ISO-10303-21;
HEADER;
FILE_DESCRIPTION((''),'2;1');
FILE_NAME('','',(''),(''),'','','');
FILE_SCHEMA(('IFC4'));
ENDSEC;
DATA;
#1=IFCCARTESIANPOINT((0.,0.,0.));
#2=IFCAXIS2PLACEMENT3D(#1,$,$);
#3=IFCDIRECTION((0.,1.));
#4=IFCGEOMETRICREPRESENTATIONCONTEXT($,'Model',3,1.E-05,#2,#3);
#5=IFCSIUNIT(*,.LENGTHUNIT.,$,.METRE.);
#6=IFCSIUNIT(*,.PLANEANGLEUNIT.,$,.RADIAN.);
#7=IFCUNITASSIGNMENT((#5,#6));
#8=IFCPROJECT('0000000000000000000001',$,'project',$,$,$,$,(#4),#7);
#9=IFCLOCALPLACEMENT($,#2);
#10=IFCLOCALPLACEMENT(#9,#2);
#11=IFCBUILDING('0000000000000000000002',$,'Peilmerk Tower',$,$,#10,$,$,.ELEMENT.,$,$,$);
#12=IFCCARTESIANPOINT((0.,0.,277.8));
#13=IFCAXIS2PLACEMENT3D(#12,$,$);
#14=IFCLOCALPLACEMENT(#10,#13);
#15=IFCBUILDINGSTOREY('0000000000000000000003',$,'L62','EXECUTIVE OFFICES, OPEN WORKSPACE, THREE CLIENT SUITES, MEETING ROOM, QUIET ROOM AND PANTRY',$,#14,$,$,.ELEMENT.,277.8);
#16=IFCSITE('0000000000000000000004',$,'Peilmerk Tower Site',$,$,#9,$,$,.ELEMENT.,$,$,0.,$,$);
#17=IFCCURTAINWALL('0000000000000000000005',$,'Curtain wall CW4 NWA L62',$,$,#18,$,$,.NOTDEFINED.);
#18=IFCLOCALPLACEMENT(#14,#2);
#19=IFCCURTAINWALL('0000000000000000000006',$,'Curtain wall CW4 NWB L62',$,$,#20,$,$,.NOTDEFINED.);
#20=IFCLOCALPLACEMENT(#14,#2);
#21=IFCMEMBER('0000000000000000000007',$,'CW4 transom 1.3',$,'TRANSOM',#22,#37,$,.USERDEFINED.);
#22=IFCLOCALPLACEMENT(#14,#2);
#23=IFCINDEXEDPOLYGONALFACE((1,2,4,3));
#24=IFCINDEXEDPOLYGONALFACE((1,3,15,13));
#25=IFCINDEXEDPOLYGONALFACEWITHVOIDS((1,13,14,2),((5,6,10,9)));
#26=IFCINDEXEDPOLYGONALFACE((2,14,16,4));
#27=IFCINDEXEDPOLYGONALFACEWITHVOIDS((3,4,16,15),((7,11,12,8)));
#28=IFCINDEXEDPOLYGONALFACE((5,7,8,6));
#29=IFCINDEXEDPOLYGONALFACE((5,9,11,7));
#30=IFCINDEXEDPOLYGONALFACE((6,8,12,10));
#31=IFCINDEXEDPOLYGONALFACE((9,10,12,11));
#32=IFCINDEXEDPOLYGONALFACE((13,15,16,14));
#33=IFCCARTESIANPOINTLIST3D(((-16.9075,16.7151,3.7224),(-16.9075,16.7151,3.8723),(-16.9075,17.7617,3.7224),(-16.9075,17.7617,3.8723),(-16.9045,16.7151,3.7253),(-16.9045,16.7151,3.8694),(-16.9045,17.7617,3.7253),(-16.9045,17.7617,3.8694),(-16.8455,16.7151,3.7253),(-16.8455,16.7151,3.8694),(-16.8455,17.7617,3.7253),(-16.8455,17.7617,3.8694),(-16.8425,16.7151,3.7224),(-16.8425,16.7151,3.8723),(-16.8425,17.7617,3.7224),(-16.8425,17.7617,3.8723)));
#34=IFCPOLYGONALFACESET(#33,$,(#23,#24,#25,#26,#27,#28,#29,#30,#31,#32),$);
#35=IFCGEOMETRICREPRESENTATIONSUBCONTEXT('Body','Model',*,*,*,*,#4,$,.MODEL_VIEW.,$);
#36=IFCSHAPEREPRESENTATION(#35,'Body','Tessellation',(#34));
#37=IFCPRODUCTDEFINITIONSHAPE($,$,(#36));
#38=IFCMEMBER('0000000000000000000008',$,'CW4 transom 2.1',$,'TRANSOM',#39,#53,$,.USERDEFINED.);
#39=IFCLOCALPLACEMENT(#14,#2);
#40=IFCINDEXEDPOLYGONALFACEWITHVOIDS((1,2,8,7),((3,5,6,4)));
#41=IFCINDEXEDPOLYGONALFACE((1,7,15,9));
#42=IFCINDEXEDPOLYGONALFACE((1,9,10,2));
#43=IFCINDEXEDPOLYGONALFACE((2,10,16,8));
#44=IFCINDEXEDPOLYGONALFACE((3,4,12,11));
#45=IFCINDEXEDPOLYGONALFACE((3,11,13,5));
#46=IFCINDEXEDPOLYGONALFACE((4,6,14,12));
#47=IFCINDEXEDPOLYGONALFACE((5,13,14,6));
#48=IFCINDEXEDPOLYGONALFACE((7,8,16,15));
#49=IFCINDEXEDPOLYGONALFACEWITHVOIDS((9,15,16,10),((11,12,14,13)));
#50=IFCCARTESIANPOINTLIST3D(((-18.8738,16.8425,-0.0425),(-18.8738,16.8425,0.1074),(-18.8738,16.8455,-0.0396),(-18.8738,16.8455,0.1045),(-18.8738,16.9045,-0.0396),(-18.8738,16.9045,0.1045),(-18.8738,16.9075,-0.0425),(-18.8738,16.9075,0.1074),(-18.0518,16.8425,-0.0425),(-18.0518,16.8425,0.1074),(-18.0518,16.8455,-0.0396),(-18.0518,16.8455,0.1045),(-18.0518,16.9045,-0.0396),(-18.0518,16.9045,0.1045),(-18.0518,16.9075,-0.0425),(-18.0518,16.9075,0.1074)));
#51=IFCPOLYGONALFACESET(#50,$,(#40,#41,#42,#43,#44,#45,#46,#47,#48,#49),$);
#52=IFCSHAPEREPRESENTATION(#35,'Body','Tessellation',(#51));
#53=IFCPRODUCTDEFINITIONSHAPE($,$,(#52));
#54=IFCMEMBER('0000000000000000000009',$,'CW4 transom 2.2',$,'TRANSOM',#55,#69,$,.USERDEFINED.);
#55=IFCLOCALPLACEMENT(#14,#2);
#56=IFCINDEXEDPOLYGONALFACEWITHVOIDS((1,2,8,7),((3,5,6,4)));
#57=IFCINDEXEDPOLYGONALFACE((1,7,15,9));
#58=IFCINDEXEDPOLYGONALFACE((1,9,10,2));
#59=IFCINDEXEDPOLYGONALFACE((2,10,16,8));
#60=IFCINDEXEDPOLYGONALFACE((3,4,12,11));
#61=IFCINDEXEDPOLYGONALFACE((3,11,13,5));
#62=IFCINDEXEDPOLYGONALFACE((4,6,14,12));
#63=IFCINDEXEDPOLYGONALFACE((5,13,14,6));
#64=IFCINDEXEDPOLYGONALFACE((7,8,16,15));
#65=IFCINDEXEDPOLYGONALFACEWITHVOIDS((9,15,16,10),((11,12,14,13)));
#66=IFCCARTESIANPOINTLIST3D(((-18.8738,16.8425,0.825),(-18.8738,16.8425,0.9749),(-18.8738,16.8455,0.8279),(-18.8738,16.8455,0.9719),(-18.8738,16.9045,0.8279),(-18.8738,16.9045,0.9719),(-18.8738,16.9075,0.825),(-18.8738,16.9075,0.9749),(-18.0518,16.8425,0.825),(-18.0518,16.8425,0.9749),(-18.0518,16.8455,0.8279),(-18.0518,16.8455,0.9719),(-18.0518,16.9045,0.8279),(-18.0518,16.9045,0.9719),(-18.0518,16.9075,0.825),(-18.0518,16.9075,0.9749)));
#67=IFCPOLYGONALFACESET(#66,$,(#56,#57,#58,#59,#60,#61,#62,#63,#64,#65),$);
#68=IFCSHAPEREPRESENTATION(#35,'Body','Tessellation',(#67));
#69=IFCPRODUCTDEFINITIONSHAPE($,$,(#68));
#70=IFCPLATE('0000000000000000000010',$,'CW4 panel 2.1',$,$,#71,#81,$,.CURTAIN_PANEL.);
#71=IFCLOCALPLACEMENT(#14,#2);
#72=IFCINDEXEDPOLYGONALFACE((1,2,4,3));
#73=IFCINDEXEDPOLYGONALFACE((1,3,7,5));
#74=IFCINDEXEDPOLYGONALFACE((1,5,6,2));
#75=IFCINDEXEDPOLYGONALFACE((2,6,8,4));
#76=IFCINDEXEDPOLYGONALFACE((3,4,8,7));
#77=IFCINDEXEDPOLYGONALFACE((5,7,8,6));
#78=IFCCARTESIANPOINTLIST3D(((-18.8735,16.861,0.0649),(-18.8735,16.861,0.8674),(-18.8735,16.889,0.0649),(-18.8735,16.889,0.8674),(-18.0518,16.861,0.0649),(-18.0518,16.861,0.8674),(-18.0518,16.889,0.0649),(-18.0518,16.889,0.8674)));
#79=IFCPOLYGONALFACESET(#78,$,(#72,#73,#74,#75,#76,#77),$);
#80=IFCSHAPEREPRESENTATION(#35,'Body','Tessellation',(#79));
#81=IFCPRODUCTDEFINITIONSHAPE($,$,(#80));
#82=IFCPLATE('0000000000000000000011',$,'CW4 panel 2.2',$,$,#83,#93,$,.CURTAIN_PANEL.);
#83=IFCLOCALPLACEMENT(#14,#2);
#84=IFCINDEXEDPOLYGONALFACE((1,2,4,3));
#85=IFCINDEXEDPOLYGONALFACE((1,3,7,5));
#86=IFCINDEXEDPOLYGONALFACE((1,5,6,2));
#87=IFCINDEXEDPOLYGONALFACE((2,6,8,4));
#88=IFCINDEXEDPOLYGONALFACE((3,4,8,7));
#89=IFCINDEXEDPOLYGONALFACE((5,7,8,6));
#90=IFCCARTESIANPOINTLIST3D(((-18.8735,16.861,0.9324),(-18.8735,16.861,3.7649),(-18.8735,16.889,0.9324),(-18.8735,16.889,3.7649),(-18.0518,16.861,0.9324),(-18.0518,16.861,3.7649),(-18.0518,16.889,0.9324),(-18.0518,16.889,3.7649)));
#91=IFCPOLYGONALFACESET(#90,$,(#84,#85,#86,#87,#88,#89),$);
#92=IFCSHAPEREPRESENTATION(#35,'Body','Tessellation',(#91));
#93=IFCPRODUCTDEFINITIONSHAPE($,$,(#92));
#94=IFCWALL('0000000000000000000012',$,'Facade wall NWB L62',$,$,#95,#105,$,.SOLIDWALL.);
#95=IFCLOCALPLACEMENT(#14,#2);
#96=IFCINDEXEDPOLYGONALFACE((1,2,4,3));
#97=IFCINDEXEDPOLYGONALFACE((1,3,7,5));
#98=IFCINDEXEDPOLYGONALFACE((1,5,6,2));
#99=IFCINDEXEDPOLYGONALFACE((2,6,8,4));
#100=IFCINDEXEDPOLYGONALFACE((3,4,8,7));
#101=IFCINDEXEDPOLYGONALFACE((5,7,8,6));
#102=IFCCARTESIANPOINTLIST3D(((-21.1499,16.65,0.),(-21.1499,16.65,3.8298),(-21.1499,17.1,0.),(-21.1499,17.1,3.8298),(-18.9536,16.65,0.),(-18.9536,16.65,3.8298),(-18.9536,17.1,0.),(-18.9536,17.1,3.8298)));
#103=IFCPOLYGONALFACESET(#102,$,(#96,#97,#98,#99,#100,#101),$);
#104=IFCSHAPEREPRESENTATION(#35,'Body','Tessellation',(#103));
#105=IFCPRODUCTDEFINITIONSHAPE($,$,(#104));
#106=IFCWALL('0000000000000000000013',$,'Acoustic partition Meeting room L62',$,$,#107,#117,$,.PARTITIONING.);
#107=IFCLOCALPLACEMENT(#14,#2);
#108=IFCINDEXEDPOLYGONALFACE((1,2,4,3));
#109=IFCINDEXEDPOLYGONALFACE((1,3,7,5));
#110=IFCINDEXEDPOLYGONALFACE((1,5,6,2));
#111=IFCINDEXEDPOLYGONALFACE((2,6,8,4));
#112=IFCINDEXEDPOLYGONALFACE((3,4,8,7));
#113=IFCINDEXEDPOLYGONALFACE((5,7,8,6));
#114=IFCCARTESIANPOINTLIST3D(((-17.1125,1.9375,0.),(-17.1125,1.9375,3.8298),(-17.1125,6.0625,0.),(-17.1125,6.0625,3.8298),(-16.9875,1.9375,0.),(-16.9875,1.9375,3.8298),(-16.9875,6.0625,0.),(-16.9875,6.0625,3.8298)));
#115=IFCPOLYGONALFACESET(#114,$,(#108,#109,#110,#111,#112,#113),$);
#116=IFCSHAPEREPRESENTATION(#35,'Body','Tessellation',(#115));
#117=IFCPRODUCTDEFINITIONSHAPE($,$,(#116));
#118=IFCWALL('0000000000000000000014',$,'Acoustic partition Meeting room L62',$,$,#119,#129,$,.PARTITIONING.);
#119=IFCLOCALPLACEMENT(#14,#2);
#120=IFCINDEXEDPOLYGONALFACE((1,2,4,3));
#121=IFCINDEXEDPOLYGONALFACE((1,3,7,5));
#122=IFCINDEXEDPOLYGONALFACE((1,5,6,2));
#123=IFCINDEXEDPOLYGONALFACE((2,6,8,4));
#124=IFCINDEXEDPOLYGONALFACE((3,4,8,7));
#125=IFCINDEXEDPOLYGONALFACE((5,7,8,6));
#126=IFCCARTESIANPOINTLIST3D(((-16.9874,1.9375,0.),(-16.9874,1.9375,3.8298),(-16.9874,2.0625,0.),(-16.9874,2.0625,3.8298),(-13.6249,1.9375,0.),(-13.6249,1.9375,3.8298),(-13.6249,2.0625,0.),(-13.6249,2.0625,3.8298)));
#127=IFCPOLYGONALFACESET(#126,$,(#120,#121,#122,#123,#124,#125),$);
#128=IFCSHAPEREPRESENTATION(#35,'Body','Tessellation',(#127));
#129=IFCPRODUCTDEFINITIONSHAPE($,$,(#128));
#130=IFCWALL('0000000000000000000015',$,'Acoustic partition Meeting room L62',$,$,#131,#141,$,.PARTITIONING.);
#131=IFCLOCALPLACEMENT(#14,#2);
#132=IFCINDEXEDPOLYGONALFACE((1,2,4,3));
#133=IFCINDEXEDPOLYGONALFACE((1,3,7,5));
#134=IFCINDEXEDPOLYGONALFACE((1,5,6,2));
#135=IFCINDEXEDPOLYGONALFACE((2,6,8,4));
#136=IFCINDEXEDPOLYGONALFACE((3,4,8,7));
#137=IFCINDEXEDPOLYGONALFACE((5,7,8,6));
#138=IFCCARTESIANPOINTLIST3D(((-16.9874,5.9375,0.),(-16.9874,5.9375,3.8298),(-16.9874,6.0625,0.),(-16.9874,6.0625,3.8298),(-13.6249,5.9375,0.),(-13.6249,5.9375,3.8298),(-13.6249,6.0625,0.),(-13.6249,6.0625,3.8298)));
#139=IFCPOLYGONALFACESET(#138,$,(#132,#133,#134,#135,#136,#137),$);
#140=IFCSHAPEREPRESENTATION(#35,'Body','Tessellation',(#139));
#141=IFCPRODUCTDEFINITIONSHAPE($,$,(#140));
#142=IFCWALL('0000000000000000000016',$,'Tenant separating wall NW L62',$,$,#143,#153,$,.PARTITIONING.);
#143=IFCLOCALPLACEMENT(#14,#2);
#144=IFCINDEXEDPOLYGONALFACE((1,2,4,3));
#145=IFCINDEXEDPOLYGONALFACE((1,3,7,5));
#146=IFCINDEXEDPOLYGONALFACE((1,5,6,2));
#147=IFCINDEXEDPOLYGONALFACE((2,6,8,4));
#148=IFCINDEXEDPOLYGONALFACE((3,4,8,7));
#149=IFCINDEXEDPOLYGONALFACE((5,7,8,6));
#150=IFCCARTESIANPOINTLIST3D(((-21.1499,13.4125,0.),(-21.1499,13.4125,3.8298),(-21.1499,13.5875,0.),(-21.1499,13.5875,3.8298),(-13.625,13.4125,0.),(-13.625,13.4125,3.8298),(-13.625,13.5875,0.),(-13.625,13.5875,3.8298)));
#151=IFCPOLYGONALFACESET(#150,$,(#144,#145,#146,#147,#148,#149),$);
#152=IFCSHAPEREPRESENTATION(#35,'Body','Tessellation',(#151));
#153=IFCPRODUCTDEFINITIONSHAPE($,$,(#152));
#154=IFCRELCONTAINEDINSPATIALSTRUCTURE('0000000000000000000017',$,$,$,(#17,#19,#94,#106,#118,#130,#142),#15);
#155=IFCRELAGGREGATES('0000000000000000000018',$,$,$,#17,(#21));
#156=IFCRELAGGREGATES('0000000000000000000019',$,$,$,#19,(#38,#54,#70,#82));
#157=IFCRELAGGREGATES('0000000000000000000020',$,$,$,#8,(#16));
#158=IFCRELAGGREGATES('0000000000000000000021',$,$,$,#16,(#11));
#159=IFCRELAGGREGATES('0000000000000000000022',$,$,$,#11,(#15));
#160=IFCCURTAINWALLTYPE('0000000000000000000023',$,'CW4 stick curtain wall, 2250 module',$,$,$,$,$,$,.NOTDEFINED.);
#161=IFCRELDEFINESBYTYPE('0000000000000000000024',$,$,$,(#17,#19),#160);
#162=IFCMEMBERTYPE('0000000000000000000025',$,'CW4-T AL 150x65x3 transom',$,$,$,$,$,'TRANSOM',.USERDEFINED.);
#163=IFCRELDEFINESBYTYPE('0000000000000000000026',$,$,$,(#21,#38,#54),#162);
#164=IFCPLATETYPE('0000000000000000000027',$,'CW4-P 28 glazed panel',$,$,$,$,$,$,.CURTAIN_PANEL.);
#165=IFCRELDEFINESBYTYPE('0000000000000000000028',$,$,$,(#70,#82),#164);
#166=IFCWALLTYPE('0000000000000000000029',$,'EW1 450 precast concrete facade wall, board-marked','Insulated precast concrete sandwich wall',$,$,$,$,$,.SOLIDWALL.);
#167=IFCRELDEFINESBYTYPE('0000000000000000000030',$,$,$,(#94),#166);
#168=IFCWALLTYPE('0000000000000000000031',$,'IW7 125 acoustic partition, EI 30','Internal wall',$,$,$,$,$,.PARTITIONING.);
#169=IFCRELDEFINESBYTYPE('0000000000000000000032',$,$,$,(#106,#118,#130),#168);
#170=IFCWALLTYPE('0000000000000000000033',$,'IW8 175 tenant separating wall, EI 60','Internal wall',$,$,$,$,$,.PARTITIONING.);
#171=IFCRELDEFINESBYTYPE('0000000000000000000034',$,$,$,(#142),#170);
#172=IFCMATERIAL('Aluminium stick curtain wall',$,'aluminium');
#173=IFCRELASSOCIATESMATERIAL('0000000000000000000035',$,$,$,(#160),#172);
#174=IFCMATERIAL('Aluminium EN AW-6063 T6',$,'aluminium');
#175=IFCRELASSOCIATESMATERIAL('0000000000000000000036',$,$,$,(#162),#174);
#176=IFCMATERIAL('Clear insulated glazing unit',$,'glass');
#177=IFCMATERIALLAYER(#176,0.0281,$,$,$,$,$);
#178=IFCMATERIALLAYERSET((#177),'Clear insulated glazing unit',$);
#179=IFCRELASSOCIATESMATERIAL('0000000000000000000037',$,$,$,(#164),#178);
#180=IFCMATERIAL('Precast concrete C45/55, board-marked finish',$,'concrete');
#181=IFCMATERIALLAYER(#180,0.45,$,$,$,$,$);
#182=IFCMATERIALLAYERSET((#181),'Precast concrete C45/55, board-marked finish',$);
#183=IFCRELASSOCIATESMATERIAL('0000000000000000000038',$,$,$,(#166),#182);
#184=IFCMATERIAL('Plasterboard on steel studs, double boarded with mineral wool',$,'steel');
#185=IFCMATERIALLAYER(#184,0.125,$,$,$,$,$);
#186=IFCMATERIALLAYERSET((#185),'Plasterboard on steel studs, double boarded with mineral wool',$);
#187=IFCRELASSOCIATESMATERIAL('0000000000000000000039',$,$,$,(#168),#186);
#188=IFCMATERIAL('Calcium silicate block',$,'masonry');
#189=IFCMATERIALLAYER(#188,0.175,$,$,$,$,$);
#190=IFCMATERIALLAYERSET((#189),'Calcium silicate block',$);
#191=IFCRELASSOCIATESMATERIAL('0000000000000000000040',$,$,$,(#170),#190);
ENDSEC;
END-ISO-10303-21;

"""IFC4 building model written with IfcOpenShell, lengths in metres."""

from ifc_helpers import new_model, si_unit, direction, frame, frame_2d, origin, origin_2d, place, context, subcontext, project, spatial, rectangle, hollow_rectangle, extrude, material, layer, layer_set, material_profile, profile_set, type_object, element, aggregate, save


model = new_model("IFC4")

# Units and contexts
model_context = context("Model", 3, precision=1e-05, world=origin(), true_north=direction((0.0, 1.0)))
body_context = subcontext(model_context, "Body", "Model", "MODEL_VIEW")
ifc_project = project(units=[si_unit("LENGTHUNIT", "METRE"), si_unit("PLANEANGLEUNIT", "RADIAN")], contexts=[model_context])

# Site, building, storey
site_placement = place(None, origin())
site = spatial("IfcSite", under=ifc_project, at=site_placement, Name="Peilmerk Tower Site", CompositionType="ELEMENT", RefElevation=0.0)
building_placement = place(site_placement, origin())
building = spatial("IfcBuilding", under=site, at=building_placement, Name="Peilmerk Tower", CompositionType="ELEMENT")
storey_placement = place(building_placement, frame((0.0, 0.0, 277.8)))
storey = spatial("IfcBuildingStorey", under=building, at=storey_placement, Name="L62", Description="EXECUTIVE OFFICES, OPEN WORKSPACE, THREE CLIENT SUITES, MEETING ROOM, QUIET ROOM AND PANTRY", CompositionType="ELEMENT", Elevation=277.8)

# Curtain walls
ifc_material_1 = material(Name="Aluminium stick curtain wall", Category="aluminium")
curtain_wall_type = type_object("IfcCurtainWallType", Name="CW4 stick curtain wall, 2250 module", PredefinedType="NOTDEFINED", material=ifc_material_1)
curtain_wall_1_placement = place(storey_placement, origin())
curtain_wall_1 = element("IfcCurtainWall", 1, at=curtain_wall_1_placement, inside=storey, type_object=curtain_wall_type, Name="Curtain wall CW4 NWA L62", PredefinedType="NOTDEFINED")
ifc_material_2 = material(Name="Aluminium EN AW-6063 T6", Category="aluminium")
curtain_wall_2_placement = place(storey_placement, origin())
curtain_wall_2 = element("IfcCurtainWall", 2, at=curtain_wall_2_placement, inside=storey, type_object=curtain_wall_type, Name="Curtain wall CW4 NWB L62", PredefinedType="NOTDEFINED")

# Members
ifc_material_profile_1 = material_profile(ifc_material_2, hollow_rectangle(XDim=0.0649, YDim=0.1499, WallThickness=0.0029, at=origin_2d()), Name="AL 150x65x3")
ifc_profile_set_1 = profile_set([ifc_material_profile_1], Name="Aluminium EN AW-6063 T6")
member_type_1 = type_object("IfcMemberType", Name="CW4-T AL 150x65x3 transom", ElementType="TRANSOM", PredefinedType="USERDEFINED", material=ifc_profile_set_1)
member_1_placement = place(storey_placement, frame((-16.875, 16.7151, 3.7974), z_axis=(0.0, 1.0, 0.0), x_axis=(-1.0, 0.0, 0.0)))
member_1 = element("IfcMember", 3, at=member_1_placement, type_object=member_type_1, Name="CW4 transom 1.3", ObjectType="TRANSOM", PredefinedType="USERDEFINED", context=body_context, shape_type="SweptSolid", body=[
    extrude(hollow_rectangle(XDim=0.0649, YDim=0.1499, WallThickness=0.0029, at=origin_2d()), origin(), (0.0, 0.0, 1.0), 1.0466),
])
aggregate(curtain_wall_1, [member_1])
member_2_placement = place(storey_placement, frame((-18.0518, 16.875, 0.0325), z_axis=(-1.0, 0.0, 0.0), x_axis=(0.0, -1.0, 0.0)))
member_2 = element("IfcMember", 4, at=member_2_placement, type_object=member_type_1, Name="CW4 transom 2.1", ObjectType="TRANSOM", PredefinedType="USERDEFINED", context=body_context, shape_type="SweptSolid", body=[
    extrude(hollow_rectangle(XDim=0.0649, YDim=0.1499, WallThickness=0.0029, at=origin_2d()), origin(), (0.0, 0.0, 1.0), 0.822),
])
member_3_placement = place(storey_placement, frame((-18.0518, 16.875, 0.8999), z_axis=(-1.0, 0.0, 0.0), x_axis=(0.0, -1.0, 0.0)))
member_3 = element("IfcMember", 5, at=member_3_placement, type_object=member_type_1, Name="CW4 transom 2.2", ObjectType="TRANSOM", PredefinedType="USERDEFINED", context=body_context, shape_type="SweptSolid", body=[
    extrude(hollow_rectangle(XDim=0.0649, YDim=0.1499, WallThickness=0.0029, at=origin_2d()), origin(), (0.0, 0.0, 1.0), 0.822),
])

# Plates
ifc_material_3 = material(Name="Clear insulated glazing unit", Category="glass")
ifc_layer_1 = layer(ifc_material_3, 0.0281)
ifc_layer_set_1 = layer_set([ifc_layer_1], Name="Clear insulated glazing unit")
plate_type = type_object("IfcPlateType", Name="CW4-P 28 glazed panel", PredefinedType="CURTAIN_PANEL", material=ifc_layer_set_1)
plate_1_placement = place(storey_placement, frame((-18.4626, 16.875, 0.0649), z_axis=(0.0, 0.0, 1.0), x_axis=(-1.0, 0.0, 0.0)))
plate_1 = element("IfcPlate", 6, at=plate_1_placement, type_object=plate_type, Name="CW4 panel 2.1", PredefinedType="CURTAIN_PANEL", context=body_context, shape_type="SweptSolid", body=[
    extrude(rectangle(XDim=0.8218, YDim=0.0281, at=origin_2d()), origin(), (0.0, 0.0, 1.0), 0.8025),
])
plate_2_placement = place(storey_placement, frame((-18.4626, 16.875, 0.9324), z_axis=(0.0, 0.0, 1.0), x_axis=(-1.0, 0.0, 0.0)))
plate_2 = element("IfcPlate", 7, at=plate_2_placement, type_object=plate_type, Name="CW4 panel 2.2", PredefinedType="CURTAIN_PANEL", context=body_context, shape_type="SweptSolid", body=[
    extrude(rectangle(XDim=0.8218, YDim=0.0281, at=origin_2d()), origin(), (0.0, 0.0, 1.0), 2.8325),
])
aggregate(curtain_wall_2, [member_2, member_3, plate_1, plate_2])

# Walls
ifc_material_4 = material(Name="Precast concrete C45/55, board-marked finish", Category="concrete")
ifc_layer_2 = layer(ifc_material_4, 0.45)
ifc_layer_set_2 = layer_set([ifc_layer_2], Name="Precast concrete C45/55, board-marked finish")
wall_type_1 = type_object("IfcWallType", Name="EW1 450 precast concrete facade wall, board-marked", Description="Insulated precast concrete sandwich wall", PredefinedType="SOLIDWALL", material=ifc_layer_set_2)
wall_1_placement = place(storey_placement, frame((-18.9536, 16.875, 0.0), z_axis=(0.0, 0.0, 1.0), x_axis=(-1.0, 0.0, 0.0)))
element("IfcWall", 8, at=wall_1_placement, inside=storey, type_object=wall_type_1, Name="Facade wall NWB L62", PredefinedType="SOLIDWALL", context=body_context, shape_type="SweptSolid", body=[
    extrude(rectangle(XDim=2.1963, YDim=0.45, at=frame_2d((1.0981, 0.0))), origin(), (0.0, 0.0, 1.0), 3.8298),
])
ifc_material_5 = material(Name="Plasterboard on steel studs, double boarded with mineral wool", Category="steel")
ifc_layer_3 = layer(ifc_material_5, 0.125)
ifc_layer_set_3 = layer_set([ifc_layer_3], Name="Plasterboard on steel studs, double boarded with mineral wool")
wall_type_2 = type_object("IfcWallType", Name="IW7 125 acoustic partition, EI 30", Description="Internal wall", PredefinedType="PARTITIONING", material=ifc_layer_set_3)
wall_2_placement = place(storey_placement, frame((-17.05, 1.9375, 0.0), z_axis=(0.0, 0.0, 1.0), x_axis=(0.0, 1.0, 0.0)))
element("IfcWall", 9, at=wall_2_placement, inside=storey, type_object=wall_type_2, Name="Acoustic partition Meeting room L62", PredefinedType="PARTITIONING", context=body_context, shape_type="SweptSolid", body=[
    extrude(rectangle(XDim=4.125, YDim=0.125, at=frame_2d((2.0625, 0.0))), origin(), (0.0, 0.0, 1.0), 3.8298),
])
for number, where, z_axis, x_axis, name in (
    (10, (-13.625, 2.0, 0.0), (0.0, 0.0, 1.0), (-1.0, 0.0, 0.0), "Acoustic partition Meeting room L62"),
    (11, (-13.625, 6.0, 0.0), (0.0, 0.0, 1.0), (-1.0, 0.0, 0.0), "Acoustic partition Meeting room L62"),
):
    element("IfcWall", number, at=place(storey_placement, frame(where, z_axis=z_axis, x_axis=x_axis)), inside=storey, type_object=wall_type_2, Name=name, PredefinedType="PARTITIONING", context=body_context, shape_type="SweptSolid", body=[
        extrude(rectangle(XDim=3.3625, YDim=0.125, at=frame_2d((1.6812, 0.0))), origin(), (0.0, 0.0, 1.0), 3.8298),
    ])
ifc_material_6 = material(Name="Calcium silicate block", Category="masonry")
ifc_layer_4 = layer(ifc_material_6, 0.175)
ifc_layer_set_4 = layer_set([ifc_layer_4], Name="Calcium silicate block")
wall_type_3 = type_object("IfcWallType", Name="IW8 175 tenant separating wall, EI 60", Description="Internal wall", PredefinedType="PARTITIONING", material=ifc_layer_set_4)
wall_3_placement = place(storey_placement, frame((-21.1499, 13.5, 0.0), z_axis=(0.0, 0.0, 1.0), x_axis=(1.0, 0.0, 0.0)))
element("IfcWall", 12, at=wall_3_placement, inside=storey, type_object=wall_type_3, Name="Tenant separating wall NW L62", PredefinedType="PARTITIONING", context=body_context, shape_type="SweptSolid", body=[
    extrude(rectangle(XDim=7.5249, YDim=0.175, at=frame_2d((3.7625, 0.0))), origin(), (0.0, 0.0, 1.0), 3.8298),
])

save(model, "model.ifc")
